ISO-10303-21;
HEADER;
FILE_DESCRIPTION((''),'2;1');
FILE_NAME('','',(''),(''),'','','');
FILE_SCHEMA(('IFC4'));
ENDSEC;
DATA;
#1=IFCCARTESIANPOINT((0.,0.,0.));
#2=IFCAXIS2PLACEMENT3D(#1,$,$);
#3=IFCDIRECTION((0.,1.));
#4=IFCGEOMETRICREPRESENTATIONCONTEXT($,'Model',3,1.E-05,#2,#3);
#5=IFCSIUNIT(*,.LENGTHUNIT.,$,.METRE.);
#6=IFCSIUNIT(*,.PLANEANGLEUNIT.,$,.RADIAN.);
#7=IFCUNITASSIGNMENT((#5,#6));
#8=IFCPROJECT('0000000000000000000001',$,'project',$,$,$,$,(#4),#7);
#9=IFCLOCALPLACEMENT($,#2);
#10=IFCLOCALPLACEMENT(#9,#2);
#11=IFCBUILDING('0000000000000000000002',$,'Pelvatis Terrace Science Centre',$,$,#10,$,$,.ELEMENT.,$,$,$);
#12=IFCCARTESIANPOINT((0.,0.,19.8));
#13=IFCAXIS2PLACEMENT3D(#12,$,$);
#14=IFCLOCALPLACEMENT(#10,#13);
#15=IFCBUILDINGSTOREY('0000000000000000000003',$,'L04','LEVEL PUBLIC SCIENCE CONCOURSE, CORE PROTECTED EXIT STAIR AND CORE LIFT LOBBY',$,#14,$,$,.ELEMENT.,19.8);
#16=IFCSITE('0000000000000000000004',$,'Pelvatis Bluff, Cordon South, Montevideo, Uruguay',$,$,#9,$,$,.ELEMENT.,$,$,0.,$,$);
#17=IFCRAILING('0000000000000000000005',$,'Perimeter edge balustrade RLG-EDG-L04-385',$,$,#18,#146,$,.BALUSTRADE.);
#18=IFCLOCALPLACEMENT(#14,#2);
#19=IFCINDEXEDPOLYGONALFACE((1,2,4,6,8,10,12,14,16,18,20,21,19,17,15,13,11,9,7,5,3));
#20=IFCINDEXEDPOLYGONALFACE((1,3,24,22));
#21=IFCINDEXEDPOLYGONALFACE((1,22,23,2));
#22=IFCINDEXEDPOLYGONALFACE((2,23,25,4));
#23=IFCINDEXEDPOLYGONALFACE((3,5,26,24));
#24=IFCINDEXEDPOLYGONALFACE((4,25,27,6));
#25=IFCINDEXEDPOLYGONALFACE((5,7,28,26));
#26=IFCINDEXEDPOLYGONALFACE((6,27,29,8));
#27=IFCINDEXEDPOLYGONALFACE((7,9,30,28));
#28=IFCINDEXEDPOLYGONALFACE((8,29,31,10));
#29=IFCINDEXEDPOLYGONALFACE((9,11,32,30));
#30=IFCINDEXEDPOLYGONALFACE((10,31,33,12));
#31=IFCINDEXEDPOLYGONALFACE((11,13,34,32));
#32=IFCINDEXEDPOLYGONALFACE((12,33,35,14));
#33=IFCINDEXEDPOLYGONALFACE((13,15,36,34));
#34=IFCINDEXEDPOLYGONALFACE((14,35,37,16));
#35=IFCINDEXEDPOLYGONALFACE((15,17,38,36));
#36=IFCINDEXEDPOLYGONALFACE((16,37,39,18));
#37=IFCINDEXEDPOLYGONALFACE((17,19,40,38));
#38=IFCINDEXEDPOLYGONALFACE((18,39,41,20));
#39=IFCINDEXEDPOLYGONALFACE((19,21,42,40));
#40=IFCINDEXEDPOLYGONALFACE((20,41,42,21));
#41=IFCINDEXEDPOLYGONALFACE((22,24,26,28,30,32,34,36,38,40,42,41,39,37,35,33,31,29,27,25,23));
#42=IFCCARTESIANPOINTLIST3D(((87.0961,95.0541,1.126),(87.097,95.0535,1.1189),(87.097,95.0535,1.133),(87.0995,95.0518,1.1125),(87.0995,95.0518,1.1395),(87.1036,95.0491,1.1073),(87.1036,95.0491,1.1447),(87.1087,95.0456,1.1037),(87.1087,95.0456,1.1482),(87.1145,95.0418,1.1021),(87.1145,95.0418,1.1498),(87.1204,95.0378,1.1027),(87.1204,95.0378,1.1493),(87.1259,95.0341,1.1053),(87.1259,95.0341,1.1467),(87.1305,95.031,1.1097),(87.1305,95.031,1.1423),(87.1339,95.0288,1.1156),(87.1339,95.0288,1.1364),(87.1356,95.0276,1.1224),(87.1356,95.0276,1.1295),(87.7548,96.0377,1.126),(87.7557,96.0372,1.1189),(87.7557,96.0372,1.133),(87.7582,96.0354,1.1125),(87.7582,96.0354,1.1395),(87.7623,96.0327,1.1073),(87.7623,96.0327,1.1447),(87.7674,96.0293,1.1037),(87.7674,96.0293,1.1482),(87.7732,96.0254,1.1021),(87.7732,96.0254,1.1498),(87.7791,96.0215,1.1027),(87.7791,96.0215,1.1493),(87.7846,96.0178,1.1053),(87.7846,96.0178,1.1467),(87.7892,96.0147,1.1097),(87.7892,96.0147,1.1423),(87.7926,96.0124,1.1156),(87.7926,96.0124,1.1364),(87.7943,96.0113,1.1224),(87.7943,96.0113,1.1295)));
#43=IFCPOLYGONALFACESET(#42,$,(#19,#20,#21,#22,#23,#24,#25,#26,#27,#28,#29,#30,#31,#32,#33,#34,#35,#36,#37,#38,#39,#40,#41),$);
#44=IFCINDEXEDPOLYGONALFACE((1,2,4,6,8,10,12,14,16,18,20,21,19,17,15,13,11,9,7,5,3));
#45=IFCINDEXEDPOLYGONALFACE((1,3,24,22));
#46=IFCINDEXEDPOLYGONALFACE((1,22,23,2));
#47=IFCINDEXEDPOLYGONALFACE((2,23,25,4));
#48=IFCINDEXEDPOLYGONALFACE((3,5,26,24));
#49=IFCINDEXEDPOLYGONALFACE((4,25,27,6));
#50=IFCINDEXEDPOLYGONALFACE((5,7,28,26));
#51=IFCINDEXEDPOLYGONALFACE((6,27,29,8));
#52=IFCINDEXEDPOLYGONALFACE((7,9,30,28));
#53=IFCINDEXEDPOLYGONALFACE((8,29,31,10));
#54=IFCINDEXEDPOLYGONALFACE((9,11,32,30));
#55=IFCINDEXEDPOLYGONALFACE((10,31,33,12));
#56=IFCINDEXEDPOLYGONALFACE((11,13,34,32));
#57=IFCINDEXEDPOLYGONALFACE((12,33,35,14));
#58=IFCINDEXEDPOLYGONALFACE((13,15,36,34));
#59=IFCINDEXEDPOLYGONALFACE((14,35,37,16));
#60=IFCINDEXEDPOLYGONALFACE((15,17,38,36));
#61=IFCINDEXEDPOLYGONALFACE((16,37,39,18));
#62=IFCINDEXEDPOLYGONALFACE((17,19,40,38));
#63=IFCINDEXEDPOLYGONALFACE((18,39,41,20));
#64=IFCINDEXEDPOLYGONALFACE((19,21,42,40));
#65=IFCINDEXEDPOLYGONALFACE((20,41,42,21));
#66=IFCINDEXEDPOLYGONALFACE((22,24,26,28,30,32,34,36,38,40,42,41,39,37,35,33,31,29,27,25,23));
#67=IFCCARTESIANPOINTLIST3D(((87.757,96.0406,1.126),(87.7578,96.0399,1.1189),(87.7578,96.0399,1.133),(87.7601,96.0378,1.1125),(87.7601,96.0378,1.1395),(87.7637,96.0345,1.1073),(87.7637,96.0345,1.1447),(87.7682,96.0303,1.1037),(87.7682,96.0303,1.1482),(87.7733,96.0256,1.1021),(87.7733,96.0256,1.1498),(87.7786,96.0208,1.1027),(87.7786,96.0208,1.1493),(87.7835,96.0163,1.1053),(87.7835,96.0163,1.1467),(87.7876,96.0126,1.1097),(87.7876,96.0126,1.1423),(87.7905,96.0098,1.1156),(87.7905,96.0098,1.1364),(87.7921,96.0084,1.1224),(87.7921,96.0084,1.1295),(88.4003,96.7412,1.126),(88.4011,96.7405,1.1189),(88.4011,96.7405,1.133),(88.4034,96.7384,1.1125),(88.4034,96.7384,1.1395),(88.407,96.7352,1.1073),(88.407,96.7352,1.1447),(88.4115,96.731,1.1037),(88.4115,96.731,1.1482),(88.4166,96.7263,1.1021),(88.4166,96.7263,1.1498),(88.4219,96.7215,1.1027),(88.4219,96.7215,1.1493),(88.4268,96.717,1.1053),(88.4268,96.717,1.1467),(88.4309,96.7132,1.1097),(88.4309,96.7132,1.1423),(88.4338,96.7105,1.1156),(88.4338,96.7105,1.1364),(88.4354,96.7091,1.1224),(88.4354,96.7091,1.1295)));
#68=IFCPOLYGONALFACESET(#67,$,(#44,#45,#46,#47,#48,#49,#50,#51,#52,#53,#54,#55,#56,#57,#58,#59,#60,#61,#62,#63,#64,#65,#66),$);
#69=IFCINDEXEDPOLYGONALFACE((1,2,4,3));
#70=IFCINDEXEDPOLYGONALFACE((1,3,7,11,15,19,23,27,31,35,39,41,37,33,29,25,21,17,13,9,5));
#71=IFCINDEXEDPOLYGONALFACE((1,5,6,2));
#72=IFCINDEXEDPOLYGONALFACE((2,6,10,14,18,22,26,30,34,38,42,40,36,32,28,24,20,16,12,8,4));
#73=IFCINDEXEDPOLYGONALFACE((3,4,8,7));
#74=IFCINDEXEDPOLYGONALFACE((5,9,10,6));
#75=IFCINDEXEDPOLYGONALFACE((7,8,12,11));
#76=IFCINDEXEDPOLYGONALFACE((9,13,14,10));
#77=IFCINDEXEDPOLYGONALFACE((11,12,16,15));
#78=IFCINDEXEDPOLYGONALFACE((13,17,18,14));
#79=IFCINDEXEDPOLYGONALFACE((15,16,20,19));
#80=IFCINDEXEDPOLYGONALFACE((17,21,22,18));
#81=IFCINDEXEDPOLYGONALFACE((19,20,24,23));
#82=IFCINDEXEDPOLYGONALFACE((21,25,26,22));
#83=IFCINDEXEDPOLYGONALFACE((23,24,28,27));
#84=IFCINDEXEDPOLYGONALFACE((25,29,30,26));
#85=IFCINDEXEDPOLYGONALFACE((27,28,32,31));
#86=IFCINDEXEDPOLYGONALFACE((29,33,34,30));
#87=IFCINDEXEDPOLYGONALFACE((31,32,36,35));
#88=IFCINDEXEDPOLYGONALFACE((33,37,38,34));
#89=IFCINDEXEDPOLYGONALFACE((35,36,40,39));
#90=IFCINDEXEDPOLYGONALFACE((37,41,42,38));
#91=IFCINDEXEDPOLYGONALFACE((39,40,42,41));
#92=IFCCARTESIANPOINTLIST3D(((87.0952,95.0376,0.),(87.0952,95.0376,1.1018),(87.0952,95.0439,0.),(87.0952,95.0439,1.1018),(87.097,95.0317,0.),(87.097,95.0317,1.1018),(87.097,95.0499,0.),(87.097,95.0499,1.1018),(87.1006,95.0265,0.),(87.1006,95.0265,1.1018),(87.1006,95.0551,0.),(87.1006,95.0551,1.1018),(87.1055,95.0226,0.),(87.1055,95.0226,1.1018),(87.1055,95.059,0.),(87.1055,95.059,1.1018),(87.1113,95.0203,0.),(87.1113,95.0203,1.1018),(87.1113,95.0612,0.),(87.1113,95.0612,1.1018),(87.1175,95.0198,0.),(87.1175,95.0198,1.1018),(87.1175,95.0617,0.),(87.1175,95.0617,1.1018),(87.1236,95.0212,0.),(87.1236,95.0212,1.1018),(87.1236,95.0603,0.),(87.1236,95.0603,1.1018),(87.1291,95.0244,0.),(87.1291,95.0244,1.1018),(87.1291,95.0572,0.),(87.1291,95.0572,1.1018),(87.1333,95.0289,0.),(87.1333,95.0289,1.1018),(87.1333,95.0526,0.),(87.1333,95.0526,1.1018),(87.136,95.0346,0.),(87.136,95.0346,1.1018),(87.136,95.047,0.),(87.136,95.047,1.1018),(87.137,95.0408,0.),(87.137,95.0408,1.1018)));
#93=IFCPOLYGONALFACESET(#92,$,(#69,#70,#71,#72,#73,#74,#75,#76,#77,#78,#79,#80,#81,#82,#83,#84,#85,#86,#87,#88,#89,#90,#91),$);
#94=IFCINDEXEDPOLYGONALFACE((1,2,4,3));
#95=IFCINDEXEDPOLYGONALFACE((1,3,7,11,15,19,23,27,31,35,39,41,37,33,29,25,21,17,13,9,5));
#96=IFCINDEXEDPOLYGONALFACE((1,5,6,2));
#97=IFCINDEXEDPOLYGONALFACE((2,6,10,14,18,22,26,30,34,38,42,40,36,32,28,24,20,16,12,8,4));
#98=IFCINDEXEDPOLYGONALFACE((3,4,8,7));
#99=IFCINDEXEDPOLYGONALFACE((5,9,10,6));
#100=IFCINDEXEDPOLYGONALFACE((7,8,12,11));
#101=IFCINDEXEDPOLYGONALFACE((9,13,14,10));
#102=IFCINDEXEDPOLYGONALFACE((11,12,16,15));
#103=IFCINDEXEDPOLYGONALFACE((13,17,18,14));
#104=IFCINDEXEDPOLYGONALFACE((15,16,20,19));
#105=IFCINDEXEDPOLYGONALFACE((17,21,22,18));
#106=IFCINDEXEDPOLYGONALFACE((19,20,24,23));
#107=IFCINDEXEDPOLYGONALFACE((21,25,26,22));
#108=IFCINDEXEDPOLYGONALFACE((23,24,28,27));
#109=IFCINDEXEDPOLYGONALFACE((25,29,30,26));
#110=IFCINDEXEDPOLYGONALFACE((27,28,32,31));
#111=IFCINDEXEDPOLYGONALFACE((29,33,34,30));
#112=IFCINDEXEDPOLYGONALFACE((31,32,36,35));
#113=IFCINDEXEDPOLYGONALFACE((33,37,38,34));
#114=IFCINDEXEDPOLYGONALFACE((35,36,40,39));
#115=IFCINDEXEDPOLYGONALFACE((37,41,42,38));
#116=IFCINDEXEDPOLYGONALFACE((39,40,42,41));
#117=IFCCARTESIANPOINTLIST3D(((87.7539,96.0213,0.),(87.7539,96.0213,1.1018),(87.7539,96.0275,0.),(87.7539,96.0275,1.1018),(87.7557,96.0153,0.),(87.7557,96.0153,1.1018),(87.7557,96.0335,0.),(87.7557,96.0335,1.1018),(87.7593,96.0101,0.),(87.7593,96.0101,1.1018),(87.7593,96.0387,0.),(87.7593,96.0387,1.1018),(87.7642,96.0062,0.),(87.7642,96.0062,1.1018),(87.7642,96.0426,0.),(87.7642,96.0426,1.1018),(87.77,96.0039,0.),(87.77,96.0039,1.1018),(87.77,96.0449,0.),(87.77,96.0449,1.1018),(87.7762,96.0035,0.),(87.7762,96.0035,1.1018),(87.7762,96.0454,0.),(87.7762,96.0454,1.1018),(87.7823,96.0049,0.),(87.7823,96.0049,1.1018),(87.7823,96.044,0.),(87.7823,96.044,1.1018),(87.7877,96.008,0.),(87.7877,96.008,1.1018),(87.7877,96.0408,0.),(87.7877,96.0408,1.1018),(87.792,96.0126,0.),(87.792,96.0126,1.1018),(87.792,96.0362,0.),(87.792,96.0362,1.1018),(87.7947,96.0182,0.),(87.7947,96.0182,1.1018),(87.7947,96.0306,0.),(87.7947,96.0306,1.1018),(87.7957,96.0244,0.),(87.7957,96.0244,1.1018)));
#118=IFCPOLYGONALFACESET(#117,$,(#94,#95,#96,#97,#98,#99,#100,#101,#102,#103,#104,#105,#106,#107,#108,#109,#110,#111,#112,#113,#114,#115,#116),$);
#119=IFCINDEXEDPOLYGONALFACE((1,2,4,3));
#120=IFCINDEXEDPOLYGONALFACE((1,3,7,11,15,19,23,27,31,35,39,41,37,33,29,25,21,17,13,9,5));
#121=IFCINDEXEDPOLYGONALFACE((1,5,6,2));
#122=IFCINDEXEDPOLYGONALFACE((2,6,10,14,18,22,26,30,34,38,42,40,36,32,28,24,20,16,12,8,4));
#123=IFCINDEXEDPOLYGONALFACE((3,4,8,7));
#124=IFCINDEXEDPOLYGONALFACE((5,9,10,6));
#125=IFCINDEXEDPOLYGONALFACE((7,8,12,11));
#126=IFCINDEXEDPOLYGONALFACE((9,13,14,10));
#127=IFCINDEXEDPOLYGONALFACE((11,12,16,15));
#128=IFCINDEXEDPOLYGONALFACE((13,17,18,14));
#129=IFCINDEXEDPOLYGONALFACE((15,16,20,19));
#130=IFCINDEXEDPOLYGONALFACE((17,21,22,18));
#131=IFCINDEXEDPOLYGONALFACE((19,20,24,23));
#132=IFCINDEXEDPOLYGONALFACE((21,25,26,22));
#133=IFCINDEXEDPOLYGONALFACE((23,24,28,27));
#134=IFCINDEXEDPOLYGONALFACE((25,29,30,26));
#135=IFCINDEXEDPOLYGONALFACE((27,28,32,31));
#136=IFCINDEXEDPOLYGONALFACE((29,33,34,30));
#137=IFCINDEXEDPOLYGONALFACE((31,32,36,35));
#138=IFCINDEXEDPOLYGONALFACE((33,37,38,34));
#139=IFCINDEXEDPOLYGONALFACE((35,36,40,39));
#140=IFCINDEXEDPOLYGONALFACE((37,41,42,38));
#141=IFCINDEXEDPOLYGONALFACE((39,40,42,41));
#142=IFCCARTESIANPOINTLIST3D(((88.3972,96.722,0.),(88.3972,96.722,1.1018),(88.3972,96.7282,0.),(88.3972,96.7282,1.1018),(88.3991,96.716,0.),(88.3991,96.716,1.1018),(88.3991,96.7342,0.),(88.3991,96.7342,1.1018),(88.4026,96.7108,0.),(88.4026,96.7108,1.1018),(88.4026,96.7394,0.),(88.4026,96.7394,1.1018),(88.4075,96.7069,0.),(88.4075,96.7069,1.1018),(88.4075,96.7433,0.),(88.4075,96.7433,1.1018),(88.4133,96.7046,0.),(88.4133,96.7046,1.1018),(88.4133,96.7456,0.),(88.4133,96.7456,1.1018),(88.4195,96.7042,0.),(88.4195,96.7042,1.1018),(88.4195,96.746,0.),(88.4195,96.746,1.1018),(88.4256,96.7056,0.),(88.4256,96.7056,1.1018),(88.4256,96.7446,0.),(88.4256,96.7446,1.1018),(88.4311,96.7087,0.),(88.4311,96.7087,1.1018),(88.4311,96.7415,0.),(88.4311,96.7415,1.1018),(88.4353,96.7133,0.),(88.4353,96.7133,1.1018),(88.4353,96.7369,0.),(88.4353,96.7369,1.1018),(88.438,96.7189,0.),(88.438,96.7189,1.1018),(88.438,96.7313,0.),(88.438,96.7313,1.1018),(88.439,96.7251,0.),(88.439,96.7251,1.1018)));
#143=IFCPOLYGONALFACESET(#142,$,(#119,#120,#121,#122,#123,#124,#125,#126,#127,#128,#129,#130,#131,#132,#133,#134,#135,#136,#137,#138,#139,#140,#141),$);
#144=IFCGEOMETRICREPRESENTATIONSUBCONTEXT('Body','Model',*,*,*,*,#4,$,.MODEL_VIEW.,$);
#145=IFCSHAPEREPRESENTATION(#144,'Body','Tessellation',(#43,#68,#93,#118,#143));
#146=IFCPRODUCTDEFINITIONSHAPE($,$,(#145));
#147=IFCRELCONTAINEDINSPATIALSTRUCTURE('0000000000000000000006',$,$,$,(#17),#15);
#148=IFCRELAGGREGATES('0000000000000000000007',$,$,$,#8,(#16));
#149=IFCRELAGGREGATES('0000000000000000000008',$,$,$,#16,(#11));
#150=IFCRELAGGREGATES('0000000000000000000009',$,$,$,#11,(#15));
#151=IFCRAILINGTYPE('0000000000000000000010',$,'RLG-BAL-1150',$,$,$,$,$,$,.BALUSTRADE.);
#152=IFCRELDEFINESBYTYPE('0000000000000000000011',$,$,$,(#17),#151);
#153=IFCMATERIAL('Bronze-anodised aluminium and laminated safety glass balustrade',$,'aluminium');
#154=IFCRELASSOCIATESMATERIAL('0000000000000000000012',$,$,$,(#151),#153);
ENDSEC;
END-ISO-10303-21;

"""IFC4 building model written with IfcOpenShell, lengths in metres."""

from ifc_helpers import new_model, si_unit, direction, frame, origin, origin_2d, place, context, subcontext, project, spatial, circle, extrude, material, type_object, element, save


model = new_model("IFC4")

# Units and contexts
model_context = context("Model", 3, precision=1e-05, world=origin(), true_north=direction((0.0, 1.0)))
body_context = subcontext(model_context, "Body", "Model", "MODEL_VIEW")
ifc_project = project(units=[si_unit("LENGTHUNIT", "METRE"), si_unit("PLANEANGLEUNIT", "RADIAN")], contexts=[model_context])

# Site, building, storey
site_placement = place(None, origin())
site = spatial("IfcSite", under=ifc_project, at=site_placement, Name="Pelvatis Bluff, Cordon South, Montevideo, Uruguay", CompositionType="ELEMENT", RefElevation=0.0)
building_placement = place(site_placement, origin())
building = spatial("IfcBuilding", under=site, at=building_placement, Name="Pelvatis Terrace Science Centre", CompositionType="ELEMENT")
storey_placement = place(building_placement, frame((0.0, 0.0, 19.8)))
storey = spatial("IfcBuildingStorey", under=building, at=storey_placement, Name="L04", Description="LEVEL PUBLIC SCIENCE CONCOURSE, CORE PROTECTED EXIT STAIR AND CORE LIFT LOBBY", CompositionType="ELEMENT", Elevation=19.8)

# Railing
ifc_material_1 = material(Name="Bronze-anodised aluminium and laminated safety glass balustrade", Category="aluminium")
railing_type = type_object("IfcRailingType", Name="RLG-BAL-1150", PredefinedType="BALUSTRADE", material=ifc_material_1)
railing_placement = place(storey_placement, frame((87.116, 95.0408, 0.0)))
element("IfcRailing", 1, at=railing_placement, inside=storey, type_object=railing_type, Name="Perimeter edge balustrade RLG-EDG-L04-385", PredefinedType="BALUSTRADE", context=body_context, shape_type="SweptSolid", body=[
    extrude(circle(Radius=0.0239, at=origin_2d()), frame((0.0, 0.0, 1.126), z_axis=(0.556412, 0.830906, 0.0), x_axis=(-0.830906, 0.556412, 0.0)), (0.0, 0.0, 1.0), 1.1838),
    extrude(circle(Radius=0.0239, at=origin_2d()), frame((0.6587, 0.9836, 1.126), z_axis=(0.676306, 0.736621, 0.0), x_axis=(-0.736621, 0.676306, 0.0)), (0.0, 0.0, 1.0), 0.9512),
    extrude(circle(Radius=0.021, at=origin_2d()), origin(), (0.0, 0.0, 1.0), 1.1018),
    extrude(circle(Radius=0.021, at=origin_2d()), frame((0.6587, 0.9836, 0.0)), (0.0, 0.0, 1.0), 1.1018),
    extrude(circle(Radius=0.021, at=origin_2d()), frame((1.302, 1.6843, 0.0)), (0.0, 0.0, 1.0), 1.1018),
])

save(model, "model.ifc")
